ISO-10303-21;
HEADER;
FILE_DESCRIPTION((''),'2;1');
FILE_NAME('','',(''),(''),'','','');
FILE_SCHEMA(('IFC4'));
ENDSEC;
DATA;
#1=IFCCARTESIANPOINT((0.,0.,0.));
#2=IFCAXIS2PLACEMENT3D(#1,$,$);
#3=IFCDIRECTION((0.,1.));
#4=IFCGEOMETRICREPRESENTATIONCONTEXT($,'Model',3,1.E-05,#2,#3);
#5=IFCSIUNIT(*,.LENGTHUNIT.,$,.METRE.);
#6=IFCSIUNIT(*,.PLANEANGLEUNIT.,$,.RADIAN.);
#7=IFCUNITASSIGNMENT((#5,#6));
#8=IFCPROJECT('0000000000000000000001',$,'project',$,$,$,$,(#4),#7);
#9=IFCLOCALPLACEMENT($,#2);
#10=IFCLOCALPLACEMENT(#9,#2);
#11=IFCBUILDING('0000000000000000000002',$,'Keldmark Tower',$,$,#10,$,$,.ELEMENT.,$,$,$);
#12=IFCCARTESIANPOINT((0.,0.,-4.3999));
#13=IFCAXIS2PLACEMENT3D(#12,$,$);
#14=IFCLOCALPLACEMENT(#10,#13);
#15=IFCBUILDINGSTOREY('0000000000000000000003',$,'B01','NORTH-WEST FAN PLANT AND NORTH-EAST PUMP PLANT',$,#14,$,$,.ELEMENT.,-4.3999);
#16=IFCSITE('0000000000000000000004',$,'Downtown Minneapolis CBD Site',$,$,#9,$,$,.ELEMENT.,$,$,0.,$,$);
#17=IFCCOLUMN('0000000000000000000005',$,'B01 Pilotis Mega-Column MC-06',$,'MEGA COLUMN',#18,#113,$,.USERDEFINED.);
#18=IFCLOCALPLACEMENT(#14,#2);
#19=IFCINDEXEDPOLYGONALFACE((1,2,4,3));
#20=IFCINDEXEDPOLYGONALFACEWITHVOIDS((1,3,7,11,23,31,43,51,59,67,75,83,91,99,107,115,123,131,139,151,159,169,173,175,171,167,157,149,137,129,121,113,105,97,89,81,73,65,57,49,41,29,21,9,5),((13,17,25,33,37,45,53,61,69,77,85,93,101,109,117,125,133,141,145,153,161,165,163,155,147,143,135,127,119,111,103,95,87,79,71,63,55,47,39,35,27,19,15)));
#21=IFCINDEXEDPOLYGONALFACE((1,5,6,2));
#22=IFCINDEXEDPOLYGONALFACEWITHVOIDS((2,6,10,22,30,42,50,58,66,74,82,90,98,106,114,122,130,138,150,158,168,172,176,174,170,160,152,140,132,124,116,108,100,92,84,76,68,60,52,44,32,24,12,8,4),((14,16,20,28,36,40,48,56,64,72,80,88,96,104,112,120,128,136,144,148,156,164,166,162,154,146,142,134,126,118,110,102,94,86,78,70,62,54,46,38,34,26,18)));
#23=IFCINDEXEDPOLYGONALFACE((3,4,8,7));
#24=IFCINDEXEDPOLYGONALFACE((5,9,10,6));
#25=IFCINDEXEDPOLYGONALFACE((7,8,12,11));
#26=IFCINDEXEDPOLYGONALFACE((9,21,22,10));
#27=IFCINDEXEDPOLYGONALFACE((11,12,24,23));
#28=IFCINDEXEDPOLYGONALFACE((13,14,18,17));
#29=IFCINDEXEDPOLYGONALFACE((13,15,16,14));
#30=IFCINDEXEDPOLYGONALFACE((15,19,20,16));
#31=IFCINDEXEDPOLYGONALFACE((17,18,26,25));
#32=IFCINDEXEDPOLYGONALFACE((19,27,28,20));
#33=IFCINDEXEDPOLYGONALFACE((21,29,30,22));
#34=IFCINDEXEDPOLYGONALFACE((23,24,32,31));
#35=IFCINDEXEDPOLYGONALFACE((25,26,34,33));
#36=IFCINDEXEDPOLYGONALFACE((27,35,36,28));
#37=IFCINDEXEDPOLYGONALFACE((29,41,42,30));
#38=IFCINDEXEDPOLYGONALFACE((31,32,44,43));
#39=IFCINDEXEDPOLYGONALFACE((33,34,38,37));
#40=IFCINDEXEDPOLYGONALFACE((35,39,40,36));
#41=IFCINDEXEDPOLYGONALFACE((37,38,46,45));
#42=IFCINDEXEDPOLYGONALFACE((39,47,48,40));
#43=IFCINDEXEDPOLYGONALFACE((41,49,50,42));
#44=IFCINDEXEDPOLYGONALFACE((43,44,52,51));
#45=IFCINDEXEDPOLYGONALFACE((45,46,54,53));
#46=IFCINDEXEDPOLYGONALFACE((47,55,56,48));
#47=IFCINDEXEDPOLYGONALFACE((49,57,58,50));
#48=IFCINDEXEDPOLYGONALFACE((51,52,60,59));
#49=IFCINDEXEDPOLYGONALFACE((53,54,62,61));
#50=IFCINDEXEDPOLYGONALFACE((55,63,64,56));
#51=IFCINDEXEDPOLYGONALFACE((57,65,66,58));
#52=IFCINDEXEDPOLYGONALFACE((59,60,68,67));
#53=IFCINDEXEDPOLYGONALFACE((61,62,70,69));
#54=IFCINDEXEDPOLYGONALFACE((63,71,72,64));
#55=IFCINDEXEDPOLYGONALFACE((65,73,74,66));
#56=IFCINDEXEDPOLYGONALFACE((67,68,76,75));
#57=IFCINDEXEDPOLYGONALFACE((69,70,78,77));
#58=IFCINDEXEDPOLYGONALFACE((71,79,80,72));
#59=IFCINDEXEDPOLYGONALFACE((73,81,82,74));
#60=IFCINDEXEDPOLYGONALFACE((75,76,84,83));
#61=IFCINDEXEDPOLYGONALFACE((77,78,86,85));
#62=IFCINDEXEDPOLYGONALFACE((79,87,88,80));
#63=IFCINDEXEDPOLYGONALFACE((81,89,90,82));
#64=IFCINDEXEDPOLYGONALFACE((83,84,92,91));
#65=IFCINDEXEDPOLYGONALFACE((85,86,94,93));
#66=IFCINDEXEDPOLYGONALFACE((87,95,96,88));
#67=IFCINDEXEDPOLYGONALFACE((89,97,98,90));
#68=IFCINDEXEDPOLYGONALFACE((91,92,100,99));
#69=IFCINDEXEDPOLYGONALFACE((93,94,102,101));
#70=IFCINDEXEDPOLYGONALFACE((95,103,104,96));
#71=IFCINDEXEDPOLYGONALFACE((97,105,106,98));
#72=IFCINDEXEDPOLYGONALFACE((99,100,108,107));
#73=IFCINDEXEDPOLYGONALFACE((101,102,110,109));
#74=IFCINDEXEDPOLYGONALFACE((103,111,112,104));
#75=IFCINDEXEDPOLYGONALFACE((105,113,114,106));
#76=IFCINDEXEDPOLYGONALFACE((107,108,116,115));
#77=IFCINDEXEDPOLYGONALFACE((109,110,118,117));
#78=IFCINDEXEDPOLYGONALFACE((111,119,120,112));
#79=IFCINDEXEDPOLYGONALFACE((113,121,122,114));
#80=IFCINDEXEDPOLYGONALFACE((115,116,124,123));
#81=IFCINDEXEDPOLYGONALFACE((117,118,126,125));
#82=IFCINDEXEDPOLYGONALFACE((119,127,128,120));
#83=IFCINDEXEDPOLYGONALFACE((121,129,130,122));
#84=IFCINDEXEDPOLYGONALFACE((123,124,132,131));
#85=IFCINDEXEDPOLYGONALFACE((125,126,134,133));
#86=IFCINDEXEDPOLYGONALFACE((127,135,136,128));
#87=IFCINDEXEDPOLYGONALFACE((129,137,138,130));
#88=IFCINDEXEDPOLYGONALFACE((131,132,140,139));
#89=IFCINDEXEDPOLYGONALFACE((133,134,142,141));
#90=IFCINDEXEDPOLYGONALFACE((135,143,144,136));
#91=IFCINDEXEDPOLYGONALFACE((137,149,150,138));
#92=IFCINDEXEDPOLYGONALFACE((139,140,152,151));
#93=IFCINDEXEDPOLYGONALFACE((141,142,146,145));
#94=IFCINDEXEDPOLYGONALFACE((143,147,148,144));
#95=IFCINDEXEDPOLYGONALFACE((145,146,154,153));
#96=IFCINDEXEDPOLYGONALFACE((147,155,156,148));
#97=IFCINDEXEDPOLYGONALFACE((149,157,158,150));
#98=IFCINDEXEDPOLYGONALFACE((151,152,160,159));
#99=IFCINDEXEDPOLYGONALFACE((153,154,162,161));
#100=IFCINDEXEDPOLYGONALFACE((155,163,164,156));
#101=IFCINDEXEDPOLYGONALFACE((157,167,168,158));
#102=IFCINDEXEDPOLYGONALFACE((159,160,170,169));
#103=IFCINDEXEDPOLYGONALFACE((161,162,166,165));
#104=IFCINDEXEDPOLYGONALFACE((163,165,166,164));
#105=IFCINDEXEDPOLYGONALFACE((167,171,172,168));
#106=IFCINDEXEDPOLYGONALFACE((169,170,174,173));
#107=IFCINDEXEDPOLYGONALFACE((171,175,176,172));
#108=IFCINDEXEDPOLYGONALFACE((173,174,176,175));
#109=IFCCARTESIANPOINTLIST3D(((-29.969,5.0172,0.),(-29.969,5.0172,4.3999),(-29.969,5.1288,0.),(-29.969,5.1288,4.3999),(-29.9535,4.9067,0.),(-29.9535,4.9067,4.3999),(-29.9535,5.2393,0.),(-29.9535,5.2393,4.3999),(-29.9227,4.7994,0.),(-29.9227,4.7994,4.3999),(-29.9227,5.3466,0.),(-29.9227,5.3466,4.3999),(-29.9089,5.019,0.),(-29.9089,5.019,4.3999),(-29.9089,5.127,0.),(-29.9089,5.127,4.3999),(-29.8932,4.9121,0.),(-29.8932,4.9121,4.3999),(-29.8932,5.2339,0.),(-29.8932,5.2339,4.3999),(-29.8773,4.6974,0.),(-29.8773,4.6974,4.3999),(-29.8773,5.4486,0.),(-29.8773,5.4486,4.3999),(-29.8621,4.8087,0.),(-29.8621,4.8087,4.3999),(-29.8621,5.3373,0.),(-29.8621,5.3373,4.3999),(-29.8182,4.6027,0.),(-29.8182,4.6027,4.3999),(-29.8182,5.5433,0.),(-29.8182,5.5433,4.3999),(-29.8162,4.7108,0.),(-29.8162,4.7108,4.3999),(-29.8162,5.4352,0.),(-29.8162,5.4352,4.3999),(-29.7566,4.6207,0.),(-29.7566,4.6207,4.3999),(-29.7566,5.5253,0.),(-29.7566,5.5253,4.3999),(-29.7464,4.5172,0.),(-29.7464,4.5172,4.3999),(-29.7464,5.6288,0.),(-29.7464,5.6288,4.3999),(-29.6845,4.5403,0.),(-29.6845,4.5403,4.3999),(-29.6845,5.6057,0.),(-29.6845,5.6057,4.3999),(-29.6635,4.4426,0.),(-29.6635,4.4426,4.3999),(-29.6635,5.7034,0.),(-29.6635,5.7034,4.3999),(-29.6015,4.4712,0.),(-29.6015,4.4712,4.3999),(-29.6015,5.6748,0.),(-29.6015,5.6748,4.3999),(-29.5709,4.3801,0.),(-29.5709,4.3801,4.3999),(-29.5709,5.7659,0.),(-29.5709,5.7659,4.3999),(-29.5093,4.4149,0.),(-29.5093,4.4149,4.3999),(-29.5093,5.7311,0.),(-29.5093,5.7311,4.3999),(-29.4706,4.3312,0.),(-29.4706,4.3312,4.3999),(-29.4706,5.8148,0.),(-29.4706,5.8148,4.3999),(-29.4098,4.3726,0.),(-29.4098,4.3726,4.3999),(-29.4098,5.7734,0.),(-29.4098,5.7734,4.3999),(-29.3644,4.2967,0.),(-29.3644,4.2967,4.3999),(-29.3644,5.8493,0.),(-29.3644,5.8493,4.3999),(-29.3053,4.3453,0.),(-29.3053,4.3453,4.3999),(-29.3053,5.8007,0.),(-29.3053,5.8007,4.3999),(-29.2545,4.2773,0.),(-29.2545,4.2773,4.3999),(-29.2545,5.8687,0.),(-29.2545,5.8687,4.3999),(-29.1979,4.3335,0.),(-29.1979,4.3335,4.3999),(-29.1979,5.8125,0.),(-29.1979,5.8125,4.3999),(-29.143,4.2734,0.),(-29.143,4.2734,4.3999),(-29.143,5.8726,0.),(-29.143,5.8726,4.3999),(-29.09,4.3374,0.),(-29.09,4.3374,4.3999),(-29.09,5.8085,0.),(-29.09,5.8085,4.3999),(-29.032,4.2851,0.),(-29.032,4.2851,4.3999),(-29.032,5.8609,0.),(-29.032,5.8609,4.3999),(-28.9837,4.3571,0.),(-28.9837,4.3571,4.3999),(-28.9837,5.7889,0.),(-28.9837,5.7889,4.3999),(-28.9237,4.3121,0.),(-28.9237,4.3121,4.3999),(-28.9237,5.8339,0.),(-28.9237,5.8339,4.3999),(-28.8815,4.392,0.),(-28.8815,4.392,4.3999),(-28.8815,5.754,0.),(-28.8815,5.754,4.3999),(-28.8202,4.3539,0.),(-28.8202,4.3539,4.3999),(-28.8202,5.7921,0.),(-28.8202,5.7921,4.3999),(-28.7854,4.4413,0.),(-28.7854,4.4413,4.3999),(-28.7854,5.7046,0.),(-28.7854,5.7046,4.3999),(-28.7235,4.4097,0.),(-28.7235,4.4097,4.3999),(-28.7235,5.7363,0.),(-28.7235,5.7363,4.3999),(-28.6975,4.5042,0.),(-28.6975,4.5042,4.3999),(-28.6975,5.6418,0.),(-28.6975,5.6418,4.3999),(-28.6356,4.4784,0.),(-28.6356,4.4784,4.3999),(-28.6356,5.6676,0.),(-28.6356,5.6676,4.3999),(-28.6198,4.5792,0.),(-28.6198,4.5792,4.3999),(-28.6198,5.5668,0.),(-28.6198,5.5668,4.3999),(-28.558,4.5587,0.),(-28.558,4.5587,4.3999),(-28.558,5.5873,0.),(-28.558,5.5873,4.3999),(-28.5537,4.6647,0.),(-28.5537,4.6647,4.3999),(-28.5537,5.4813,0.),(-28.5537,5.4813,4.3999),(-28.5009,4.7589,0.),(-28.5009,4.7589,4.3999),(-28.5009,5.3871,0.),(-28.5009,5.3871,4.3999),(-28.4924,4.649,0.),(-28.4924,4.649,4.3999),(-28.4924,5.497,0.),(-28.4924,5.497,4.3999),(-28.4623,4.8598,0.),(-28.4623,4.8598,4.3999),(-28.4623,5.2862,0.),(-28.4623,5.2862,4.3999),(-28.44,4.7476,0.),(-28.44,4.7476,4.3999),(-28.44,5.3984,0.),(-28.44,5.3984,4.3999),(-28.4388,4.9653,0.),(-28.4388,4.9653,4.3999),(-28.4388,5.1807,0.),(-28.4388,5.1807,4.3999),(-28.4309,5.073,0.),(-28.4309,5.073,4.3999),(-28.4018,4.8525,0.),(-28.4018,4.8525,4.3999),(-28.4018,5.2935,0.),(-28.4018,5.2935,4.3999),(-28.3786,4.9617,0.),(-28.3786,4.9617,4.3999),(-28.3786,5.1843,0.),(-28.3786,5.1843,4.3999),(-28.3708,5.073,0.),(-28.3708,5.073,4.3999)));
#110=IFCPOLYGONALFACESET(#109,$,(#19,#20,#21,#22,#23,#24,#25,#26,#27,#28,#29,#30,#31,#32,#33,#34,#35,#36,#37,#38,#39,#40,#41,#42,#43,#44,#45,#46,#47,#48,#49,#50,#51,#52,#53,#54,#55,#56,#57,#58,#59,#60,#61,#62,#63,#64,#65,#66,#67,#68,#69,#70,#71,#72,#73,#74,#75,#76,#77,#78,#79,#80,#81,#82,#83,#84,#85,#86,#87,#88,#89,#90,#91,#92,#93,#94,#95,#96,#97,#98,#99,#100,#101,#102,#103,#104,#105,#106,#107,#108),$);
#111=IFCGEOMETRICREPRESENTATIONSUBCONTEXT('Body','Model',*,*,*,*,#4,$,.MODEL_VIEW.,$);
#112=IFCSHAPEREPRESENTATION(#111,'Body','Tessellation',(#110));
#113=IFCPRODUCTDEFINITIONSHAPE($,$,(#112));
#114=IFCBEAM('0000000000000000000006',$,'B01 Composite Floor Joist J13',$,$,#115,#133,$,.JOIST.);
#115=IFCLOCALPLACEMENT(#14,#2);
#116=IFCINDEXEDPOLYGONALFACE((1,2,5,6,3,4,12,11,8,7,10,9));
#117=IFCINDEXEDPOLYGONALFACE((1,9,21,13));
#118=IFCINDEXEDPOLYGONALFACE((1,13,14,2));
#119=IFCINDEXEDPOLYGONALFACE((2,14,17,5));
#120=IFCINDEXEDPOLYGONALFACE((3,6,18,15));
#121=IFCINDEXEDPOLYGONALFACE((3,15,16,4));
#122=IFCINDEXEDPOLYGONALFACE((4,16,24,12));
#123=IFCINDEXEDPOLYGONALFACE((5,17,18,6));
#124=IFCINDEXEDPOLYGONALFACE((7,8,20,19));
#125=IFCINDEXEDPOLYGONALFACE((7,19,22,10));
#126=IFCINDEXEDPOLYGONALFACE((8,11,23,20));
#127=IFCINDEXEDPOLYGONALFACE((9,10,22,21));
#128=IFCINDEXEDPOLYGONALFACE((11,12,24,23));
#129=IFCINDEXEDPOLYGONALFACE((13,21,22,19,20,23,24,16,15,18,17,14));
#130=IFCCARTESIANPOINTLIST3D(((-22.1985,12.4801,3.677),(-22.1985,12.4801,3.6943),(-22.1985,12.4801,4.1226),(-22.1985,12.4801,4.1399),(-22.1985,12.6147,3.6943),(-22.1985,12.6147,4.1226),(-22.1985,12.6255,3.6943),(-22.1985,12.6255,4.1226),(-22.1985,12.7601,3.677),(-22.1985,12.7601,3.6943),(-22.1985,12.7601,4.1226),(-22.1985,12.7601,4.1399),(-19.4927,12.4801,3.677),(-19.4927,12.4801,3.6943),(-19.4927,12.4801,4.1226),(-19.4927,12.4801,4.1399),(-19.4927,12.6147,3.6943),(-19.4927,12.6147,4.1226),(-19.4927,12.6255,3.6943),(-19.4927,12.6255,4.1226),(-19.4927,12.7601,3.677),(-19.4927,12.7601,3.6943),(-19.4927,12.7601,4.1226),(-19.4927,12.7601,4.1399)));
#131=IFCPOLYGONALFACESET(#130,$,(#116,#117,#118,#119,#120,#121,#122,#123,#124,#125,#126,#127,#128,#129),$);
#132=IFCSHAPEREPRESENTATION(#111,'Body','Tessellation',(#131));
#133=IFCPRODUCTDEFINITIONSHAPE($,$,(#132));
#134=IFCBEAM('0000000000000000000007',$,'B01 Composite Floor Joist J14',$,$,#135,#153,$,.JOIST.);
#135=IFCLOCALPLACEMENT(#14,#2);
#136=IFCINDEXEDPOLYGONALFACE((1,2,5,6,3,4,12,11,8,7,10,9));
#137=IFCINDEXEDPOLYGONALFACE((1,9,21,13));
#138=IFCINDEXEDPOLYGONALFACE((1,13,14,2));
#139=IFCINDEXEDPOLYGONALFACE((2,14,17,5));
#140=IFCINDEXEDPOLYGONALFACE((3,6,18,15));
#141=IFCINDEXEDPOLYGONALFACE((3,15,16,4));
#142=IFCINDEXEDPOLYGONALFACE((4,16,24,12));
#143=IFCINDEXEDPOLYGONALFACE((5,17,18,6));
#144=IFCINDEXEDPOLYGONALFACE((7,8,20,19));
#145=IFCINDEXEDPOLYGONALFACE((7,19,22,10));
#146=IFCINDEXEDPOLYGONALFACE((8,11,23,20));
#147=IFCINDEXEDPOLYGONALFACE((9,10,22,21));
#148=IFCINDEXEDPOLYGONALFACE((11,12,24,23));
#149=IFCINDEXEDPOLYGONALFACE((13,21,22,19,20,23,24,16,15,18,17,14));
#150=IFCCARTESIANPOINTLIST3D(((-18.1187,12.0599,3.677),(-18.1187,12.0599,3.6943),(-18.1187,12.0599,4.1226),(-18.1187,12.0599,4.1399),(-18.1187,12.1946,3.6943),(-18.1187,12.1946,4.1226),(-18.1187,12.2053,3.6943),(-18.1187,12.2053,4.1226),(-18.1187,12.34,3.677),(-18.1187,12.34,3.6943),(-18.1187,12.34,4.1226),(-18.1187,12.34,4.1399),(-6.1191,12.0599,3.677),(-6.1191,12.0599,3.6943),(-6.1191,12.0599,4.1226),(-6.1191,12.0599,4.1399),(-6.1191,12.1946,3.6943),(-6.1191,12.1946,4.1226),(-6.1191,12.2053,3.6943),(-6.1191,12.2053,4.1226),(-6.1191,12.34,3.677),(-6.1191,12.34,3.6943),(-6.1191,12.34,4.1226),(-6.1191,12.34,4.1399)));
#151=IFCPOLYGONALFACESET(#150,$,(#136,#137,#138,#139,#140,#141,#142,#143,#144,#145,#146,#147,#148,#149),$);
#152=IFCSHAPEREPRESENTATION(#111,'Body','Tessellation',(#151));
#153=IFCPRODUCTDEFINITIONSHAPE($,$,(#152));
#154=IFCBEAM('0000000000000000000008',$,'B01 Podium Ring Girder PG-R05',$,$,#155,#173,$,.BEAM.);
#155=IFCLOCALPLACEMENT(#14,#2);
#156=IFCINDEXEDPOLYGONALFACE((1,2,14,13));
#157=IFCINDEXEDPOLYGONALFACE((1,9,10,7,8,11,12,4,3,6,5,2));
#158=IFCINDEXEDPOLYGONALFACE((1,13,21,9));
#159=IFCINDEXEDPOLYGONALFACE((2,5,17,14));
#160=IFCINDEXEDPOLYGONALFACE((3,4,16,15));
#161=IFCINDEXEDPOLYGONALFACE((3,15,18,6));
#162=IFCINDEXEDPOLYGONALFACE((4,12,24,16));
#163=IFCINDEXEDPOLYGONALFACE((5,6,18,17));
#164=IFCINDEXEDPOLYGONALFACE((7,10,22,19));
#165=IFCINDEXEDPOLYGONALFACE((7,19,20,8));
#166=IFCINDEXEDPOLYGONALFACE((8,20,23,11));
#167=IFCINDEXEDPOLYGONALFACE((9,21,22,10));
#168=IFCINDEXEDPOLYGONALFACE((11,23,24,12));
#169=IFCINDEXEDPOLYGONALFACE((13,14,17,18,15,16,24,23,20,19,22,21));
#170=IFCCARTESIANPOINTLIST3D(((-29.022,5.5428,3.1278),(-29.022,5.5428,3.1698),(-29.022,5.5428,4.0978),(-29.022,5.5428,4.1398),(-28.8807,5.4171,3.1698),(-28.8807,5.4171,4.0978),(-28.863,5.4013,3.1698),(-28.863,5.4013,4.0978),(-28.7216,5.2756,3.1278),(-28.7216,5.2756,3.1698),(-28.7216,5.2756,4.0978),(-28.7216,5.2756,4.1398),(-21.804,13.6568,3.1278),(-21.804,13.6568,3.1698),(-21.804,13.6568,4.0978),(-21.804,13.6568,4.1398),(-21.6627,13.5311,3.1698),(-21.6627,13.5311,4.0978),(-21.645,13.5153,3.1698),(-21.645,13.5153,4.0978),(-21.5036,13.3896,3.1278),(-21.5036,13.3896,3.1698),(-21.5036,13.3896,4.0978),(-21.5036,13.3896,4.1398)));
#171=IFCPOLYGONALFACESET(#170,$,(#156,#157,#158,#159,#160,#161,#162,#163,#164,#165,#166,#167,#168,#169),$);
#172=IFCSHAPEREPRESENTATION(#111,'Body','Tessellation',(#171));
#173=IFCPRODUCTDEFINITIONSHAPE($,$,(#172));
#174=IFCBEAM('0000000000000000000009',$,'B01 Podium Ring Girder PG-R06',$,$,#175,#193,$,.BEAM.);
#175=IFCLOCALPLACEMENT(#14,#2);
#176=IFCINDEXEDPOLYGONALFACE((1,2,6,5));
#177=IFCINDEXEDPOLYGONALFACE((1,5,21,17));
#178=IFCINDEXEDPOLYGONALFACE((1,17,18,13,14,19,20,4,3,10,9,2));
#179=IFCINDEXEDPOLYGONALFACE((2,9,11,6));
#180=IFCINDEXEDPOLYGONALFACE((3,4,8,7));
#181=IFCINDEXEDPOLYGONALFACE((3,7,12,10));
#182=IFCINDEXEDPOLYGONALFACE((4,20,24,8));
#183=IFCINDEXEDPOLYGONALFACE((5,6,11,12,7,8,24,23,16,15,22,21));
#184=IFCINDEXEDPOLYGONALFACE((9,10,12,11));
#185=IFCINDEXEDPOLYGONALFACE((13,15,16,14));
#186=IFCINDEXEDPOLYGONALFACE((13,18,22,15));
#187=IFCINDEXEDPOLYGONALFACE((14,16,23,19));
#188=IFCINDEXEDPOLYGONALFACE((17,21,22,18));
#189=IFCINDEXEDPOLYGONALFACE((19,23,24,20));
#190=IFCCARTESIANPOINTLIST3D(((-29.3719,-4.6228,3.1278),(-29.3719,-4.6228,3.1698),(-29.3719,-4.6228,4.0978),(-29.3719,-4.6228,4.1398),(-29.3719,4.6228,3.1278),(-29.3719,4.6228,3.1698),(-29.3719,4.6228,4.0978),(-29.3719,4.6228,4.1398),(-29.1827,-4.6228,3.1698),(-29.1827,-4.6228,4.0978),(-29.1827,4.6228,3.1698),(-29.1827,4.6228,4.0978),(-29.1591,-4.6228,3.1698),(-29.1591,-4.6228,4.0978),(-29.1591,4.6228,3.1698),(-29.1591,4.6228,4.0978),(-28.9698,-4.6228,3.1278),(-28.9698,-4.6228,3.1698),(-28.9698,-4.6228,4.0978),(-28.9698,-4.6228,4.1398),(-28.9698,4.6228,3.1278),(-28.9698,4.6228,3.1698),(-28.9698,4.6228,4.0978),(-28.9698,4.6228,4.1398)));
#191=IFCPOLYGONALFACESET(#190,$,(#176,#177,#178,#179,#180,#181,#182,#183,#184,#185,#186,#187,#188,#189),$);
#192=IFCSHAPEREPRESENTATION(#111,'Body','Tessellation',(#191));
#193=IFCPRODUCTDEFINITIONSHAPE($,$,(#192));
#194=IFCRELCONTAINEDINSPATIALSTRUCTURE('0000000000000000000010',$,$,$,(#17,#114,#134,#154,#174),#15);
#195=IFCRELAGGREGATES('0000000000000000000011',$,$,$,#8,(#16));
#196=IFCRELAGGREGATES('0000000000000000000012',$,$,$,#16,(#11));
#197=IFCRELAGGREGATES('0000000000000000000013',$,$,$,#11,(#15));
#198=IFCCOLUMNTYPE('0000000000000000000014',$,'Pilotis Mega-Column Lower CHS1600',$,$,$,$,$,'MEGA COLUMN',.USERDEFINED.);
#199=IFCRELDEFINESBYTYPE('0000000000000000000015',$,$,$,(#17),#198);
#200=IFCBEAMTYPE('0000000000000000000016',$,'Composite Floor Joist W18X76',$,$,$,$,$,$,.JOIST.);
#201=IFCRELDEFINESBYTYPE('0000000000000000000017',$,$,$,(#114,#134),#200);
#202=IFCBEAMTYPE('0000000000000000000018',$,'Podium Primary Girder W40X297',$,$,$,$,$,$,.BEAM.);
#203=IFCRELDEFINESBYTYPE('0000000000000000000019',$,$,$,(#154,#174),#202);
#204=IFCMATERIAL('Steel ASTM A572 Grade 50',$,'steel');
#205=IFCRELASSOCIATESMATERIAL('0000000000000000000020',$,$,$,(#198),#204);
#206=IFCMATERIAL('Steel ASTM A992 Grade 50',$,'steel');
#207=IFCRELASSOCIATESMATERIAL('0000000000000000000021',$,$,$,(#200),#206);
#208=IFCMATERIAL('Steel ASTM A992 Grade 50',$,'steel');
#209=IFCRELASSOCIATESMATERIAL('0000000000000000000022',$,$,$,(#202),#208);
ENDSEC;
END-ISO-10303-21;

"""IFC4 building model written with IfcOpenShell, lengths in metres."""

from ifc_helpers import new_model, si_unit, direction, frame, origin, origin_2d, place, context, subcontext, project, spatial, hollow_circle, i_section, extrude, material, material_profile, profile_set, type_object, element, save


model = new_model("IFC4")

# Units and contexts
model_context = context("Model", 3, precision=1e-05, world=origin(), true_north=direction((0.0, 1.0)))
body_context = subcontext(model_context, "Body", "Model", "MODEL_VIEW")
ifc_project = project(units=[si_unit("LENGTHUNIT", "METRE"), si_unit("PLANEANGLEUNIT", "RADIAN")], contexts=[model_context])

# Site, building, storey
site_placement = place(None, origin())
site = spatial("IfcSite", under=ifc_project, at=site_placement, Name="Downtown Minneapolis CBD Site", CompositionType="ELEMENT", RefElevation=0.0)
building_placement = place(site_placement, origin())
building = spatial("IfcBuilding", under=site, at=building_placement, Name="Keldmark Tower", CompositionType="ELEMENT")
storey_placement = place(building_placement, frame((0.0, 0.0, -4.3999)))
storey = spatial("IfcBuildingStorey", under=building, at=storey_placement, Name="B01", Description="NORTH-WEST FAN PLANT AND NORTH-EAST PUMP PLANT", CompositionType="ELEMENT", Elevation=-4.3999)

# Column
ifc_material_1 = material(Name="Steel ASTM A572 Grade 50", Category="steel")
ifc_material_profile_1 = material_profile(ifc_material_1, hollow_circle(Radius=0.8, WallThickness=0.0601, at=origin_2d()), Name="CHS1600X60")
ifc_profile_set_1 = profile_set([ifc_material_profile_1], Name="Steel ASTM A572 Grade 50")
column_type_1 = type_object("IfcColumnType", Name="Pilotis Mega-Column Lower CHS1600", ElementType="MEGA COLUMN", PredefinedType="USERDEFINED", material=ifc_profile_set_1)
for number, where, z_axis, x_axis, name in (
    (1, (-29.1709, 5.073, 0.0), (0.0, 0.0, 1.0), (1.0, 0.0, 0.0), "B01 Pilotis Mega-Column MC-06"),
):
    element("IfcColumn", number, at=place(storey_placement, frame(where, z_axis=z_axis, x_axis=x_axis)), inside=storey, type_object=column_type_1, Name=name, ObjectType="MEGA COLUMN", PredefinedType="USERDEFINED", context=body_context, shape_type="SweptSolid", body=[
        extrude(hollow_circle(Radius=0.8, WallThickness=0.0601, at=origin_2d()), origin(), (0.0, 0.0, 1.0), 4.3999),
    ])

# Beams
ifc_material_2 = material(Name="Steel ASTM A992 Grade 50", Category="steel")
ifc_material_profile_2 = material_profile(ifc_material_2, i_section(OverallWidth=0.28, OverallDepth=0.4629, WebThickness=0.0107, FlangeThickness=0.0173, at=origin_2d()), Name="W18X76")
ifc_profile_set_2 = profile_set([ifc_material_profile_2], Name="Steel ASTM A992 Grade 50")
beam_type_1 = type_object("IfcBeamType", Name="Composite Floor Joist W18X76", PredefinedType="JOIST", material=ifc_profile_set_2)
beam_1_placement = place(storey_placement, frame((-22.1985, 12.6201, 3.9084), z_axis=(1.0, 0.0, 0.0), x_axis=(0.0, 1.0, 0.0)))
element("IfcBeam", 2, at=beam_1_placement, inside=storey, type_object=beam_type_1, Name="B01 Composite Floor Joist J13", PredefinedType="JOIST", context=body_context, shape_type="SweptSolid", body=[
    extrude(i_section(OverallWidth=0.28, OverallDepth=0.4629, WebThickness=0.0107, FlangeThickness=0.0173, at=origin_2d()), origin(), (0.0, 0.0, 1.0), 2.7058),
])
beam_2_placement = place(storey_placement, frame((-18.1187, 12.2, 3.9084), z_axis=(1.0, 0.0, 0.0), x_axis=(0.0, 1.0, 0.0)))
element("IfcBeam", 3, at=beam_2_placement, inside=storey, type_object=beam_type_1, Name="B01 Composite Floor Joist J14", PredefinedType="JOIST", context=body_context, shape_type="SweptSolid", body=[
    extrude(i_section(OverallWidth=0.28, OverallDepth=0.4629, WebThickness=0.0107, FlangeThickness=0.0173, at=origin_2d()), origin(), (0.0, 0.0, 1.0), 11.9995),
])
ifc_material_3 = material(Name="Steel ASTM A992 Grade 50", Category="steel")
ifc_material_profile_3 = material_profile(ifc_material_3, i_section(OverallWidth=0.4021, OverallDepth=1.012, WebThickness=0.0237, FlangeThickness=0.042, at=origin_2d()), Name="W40X297")
ifc_profile_set_3 = profile_set([ifc_material_profile_3], Name="Steel ASTM A992 Grade 50")
beam_type_2 = type_object("IfcBeamType", Name="Podium Primary Girder W40X297", PredefinedType="BEAM", material=ifc_profile_set_3)
beam_3_placement = place(storey_placement, frame((-21.6538, 13.5232, 3.6338), z_axis=(-0.66465, -0.747155, 0.0), x_axis=(0.747155, -0.66465, 0.0)))
element("IfcBeam", 4, at=beam_3_placement, inside=storey, type_object=beam_type_2, Name="B01 Podium Ring Girder PG-R05", PredefinedType="BEAM", context=body_context, shape_type="SweptSolid", body=[
    extrude(i_section(OverallWidth=0.4021, OverallDepth=1.012, WebThickness=0.0237, FlangeThickness=0.042, at=origin_2d()), origin(), (0.0, 0.0, 1.0), 10.8599),
])
beam_4_placement = place(storey_placement, frame((-29.1709, 4.6228, 3.6338), z_axis=(0.0, -1.0, 0.0), x_axis=(1.0, 0.0, 0.0)))
element("IfcBeam", 5, at=beam_4_placement, inside=storey, type_object=beam_type_2, Name="B01 Podium Ring Girder PG-R06", PredefinedType="BEAM", context=body_context, shape_type="SweptSolid", body=[
    extrude(i_section(OverallWidth=0.4021, OverallDepth=1.012, WebThickness=0.0237, FlangeThickness=0.042, at=origin_2d()), origin(), (0.0, 0.0, 1.0), 9.2456),
])

save(model, "model.ifc")
